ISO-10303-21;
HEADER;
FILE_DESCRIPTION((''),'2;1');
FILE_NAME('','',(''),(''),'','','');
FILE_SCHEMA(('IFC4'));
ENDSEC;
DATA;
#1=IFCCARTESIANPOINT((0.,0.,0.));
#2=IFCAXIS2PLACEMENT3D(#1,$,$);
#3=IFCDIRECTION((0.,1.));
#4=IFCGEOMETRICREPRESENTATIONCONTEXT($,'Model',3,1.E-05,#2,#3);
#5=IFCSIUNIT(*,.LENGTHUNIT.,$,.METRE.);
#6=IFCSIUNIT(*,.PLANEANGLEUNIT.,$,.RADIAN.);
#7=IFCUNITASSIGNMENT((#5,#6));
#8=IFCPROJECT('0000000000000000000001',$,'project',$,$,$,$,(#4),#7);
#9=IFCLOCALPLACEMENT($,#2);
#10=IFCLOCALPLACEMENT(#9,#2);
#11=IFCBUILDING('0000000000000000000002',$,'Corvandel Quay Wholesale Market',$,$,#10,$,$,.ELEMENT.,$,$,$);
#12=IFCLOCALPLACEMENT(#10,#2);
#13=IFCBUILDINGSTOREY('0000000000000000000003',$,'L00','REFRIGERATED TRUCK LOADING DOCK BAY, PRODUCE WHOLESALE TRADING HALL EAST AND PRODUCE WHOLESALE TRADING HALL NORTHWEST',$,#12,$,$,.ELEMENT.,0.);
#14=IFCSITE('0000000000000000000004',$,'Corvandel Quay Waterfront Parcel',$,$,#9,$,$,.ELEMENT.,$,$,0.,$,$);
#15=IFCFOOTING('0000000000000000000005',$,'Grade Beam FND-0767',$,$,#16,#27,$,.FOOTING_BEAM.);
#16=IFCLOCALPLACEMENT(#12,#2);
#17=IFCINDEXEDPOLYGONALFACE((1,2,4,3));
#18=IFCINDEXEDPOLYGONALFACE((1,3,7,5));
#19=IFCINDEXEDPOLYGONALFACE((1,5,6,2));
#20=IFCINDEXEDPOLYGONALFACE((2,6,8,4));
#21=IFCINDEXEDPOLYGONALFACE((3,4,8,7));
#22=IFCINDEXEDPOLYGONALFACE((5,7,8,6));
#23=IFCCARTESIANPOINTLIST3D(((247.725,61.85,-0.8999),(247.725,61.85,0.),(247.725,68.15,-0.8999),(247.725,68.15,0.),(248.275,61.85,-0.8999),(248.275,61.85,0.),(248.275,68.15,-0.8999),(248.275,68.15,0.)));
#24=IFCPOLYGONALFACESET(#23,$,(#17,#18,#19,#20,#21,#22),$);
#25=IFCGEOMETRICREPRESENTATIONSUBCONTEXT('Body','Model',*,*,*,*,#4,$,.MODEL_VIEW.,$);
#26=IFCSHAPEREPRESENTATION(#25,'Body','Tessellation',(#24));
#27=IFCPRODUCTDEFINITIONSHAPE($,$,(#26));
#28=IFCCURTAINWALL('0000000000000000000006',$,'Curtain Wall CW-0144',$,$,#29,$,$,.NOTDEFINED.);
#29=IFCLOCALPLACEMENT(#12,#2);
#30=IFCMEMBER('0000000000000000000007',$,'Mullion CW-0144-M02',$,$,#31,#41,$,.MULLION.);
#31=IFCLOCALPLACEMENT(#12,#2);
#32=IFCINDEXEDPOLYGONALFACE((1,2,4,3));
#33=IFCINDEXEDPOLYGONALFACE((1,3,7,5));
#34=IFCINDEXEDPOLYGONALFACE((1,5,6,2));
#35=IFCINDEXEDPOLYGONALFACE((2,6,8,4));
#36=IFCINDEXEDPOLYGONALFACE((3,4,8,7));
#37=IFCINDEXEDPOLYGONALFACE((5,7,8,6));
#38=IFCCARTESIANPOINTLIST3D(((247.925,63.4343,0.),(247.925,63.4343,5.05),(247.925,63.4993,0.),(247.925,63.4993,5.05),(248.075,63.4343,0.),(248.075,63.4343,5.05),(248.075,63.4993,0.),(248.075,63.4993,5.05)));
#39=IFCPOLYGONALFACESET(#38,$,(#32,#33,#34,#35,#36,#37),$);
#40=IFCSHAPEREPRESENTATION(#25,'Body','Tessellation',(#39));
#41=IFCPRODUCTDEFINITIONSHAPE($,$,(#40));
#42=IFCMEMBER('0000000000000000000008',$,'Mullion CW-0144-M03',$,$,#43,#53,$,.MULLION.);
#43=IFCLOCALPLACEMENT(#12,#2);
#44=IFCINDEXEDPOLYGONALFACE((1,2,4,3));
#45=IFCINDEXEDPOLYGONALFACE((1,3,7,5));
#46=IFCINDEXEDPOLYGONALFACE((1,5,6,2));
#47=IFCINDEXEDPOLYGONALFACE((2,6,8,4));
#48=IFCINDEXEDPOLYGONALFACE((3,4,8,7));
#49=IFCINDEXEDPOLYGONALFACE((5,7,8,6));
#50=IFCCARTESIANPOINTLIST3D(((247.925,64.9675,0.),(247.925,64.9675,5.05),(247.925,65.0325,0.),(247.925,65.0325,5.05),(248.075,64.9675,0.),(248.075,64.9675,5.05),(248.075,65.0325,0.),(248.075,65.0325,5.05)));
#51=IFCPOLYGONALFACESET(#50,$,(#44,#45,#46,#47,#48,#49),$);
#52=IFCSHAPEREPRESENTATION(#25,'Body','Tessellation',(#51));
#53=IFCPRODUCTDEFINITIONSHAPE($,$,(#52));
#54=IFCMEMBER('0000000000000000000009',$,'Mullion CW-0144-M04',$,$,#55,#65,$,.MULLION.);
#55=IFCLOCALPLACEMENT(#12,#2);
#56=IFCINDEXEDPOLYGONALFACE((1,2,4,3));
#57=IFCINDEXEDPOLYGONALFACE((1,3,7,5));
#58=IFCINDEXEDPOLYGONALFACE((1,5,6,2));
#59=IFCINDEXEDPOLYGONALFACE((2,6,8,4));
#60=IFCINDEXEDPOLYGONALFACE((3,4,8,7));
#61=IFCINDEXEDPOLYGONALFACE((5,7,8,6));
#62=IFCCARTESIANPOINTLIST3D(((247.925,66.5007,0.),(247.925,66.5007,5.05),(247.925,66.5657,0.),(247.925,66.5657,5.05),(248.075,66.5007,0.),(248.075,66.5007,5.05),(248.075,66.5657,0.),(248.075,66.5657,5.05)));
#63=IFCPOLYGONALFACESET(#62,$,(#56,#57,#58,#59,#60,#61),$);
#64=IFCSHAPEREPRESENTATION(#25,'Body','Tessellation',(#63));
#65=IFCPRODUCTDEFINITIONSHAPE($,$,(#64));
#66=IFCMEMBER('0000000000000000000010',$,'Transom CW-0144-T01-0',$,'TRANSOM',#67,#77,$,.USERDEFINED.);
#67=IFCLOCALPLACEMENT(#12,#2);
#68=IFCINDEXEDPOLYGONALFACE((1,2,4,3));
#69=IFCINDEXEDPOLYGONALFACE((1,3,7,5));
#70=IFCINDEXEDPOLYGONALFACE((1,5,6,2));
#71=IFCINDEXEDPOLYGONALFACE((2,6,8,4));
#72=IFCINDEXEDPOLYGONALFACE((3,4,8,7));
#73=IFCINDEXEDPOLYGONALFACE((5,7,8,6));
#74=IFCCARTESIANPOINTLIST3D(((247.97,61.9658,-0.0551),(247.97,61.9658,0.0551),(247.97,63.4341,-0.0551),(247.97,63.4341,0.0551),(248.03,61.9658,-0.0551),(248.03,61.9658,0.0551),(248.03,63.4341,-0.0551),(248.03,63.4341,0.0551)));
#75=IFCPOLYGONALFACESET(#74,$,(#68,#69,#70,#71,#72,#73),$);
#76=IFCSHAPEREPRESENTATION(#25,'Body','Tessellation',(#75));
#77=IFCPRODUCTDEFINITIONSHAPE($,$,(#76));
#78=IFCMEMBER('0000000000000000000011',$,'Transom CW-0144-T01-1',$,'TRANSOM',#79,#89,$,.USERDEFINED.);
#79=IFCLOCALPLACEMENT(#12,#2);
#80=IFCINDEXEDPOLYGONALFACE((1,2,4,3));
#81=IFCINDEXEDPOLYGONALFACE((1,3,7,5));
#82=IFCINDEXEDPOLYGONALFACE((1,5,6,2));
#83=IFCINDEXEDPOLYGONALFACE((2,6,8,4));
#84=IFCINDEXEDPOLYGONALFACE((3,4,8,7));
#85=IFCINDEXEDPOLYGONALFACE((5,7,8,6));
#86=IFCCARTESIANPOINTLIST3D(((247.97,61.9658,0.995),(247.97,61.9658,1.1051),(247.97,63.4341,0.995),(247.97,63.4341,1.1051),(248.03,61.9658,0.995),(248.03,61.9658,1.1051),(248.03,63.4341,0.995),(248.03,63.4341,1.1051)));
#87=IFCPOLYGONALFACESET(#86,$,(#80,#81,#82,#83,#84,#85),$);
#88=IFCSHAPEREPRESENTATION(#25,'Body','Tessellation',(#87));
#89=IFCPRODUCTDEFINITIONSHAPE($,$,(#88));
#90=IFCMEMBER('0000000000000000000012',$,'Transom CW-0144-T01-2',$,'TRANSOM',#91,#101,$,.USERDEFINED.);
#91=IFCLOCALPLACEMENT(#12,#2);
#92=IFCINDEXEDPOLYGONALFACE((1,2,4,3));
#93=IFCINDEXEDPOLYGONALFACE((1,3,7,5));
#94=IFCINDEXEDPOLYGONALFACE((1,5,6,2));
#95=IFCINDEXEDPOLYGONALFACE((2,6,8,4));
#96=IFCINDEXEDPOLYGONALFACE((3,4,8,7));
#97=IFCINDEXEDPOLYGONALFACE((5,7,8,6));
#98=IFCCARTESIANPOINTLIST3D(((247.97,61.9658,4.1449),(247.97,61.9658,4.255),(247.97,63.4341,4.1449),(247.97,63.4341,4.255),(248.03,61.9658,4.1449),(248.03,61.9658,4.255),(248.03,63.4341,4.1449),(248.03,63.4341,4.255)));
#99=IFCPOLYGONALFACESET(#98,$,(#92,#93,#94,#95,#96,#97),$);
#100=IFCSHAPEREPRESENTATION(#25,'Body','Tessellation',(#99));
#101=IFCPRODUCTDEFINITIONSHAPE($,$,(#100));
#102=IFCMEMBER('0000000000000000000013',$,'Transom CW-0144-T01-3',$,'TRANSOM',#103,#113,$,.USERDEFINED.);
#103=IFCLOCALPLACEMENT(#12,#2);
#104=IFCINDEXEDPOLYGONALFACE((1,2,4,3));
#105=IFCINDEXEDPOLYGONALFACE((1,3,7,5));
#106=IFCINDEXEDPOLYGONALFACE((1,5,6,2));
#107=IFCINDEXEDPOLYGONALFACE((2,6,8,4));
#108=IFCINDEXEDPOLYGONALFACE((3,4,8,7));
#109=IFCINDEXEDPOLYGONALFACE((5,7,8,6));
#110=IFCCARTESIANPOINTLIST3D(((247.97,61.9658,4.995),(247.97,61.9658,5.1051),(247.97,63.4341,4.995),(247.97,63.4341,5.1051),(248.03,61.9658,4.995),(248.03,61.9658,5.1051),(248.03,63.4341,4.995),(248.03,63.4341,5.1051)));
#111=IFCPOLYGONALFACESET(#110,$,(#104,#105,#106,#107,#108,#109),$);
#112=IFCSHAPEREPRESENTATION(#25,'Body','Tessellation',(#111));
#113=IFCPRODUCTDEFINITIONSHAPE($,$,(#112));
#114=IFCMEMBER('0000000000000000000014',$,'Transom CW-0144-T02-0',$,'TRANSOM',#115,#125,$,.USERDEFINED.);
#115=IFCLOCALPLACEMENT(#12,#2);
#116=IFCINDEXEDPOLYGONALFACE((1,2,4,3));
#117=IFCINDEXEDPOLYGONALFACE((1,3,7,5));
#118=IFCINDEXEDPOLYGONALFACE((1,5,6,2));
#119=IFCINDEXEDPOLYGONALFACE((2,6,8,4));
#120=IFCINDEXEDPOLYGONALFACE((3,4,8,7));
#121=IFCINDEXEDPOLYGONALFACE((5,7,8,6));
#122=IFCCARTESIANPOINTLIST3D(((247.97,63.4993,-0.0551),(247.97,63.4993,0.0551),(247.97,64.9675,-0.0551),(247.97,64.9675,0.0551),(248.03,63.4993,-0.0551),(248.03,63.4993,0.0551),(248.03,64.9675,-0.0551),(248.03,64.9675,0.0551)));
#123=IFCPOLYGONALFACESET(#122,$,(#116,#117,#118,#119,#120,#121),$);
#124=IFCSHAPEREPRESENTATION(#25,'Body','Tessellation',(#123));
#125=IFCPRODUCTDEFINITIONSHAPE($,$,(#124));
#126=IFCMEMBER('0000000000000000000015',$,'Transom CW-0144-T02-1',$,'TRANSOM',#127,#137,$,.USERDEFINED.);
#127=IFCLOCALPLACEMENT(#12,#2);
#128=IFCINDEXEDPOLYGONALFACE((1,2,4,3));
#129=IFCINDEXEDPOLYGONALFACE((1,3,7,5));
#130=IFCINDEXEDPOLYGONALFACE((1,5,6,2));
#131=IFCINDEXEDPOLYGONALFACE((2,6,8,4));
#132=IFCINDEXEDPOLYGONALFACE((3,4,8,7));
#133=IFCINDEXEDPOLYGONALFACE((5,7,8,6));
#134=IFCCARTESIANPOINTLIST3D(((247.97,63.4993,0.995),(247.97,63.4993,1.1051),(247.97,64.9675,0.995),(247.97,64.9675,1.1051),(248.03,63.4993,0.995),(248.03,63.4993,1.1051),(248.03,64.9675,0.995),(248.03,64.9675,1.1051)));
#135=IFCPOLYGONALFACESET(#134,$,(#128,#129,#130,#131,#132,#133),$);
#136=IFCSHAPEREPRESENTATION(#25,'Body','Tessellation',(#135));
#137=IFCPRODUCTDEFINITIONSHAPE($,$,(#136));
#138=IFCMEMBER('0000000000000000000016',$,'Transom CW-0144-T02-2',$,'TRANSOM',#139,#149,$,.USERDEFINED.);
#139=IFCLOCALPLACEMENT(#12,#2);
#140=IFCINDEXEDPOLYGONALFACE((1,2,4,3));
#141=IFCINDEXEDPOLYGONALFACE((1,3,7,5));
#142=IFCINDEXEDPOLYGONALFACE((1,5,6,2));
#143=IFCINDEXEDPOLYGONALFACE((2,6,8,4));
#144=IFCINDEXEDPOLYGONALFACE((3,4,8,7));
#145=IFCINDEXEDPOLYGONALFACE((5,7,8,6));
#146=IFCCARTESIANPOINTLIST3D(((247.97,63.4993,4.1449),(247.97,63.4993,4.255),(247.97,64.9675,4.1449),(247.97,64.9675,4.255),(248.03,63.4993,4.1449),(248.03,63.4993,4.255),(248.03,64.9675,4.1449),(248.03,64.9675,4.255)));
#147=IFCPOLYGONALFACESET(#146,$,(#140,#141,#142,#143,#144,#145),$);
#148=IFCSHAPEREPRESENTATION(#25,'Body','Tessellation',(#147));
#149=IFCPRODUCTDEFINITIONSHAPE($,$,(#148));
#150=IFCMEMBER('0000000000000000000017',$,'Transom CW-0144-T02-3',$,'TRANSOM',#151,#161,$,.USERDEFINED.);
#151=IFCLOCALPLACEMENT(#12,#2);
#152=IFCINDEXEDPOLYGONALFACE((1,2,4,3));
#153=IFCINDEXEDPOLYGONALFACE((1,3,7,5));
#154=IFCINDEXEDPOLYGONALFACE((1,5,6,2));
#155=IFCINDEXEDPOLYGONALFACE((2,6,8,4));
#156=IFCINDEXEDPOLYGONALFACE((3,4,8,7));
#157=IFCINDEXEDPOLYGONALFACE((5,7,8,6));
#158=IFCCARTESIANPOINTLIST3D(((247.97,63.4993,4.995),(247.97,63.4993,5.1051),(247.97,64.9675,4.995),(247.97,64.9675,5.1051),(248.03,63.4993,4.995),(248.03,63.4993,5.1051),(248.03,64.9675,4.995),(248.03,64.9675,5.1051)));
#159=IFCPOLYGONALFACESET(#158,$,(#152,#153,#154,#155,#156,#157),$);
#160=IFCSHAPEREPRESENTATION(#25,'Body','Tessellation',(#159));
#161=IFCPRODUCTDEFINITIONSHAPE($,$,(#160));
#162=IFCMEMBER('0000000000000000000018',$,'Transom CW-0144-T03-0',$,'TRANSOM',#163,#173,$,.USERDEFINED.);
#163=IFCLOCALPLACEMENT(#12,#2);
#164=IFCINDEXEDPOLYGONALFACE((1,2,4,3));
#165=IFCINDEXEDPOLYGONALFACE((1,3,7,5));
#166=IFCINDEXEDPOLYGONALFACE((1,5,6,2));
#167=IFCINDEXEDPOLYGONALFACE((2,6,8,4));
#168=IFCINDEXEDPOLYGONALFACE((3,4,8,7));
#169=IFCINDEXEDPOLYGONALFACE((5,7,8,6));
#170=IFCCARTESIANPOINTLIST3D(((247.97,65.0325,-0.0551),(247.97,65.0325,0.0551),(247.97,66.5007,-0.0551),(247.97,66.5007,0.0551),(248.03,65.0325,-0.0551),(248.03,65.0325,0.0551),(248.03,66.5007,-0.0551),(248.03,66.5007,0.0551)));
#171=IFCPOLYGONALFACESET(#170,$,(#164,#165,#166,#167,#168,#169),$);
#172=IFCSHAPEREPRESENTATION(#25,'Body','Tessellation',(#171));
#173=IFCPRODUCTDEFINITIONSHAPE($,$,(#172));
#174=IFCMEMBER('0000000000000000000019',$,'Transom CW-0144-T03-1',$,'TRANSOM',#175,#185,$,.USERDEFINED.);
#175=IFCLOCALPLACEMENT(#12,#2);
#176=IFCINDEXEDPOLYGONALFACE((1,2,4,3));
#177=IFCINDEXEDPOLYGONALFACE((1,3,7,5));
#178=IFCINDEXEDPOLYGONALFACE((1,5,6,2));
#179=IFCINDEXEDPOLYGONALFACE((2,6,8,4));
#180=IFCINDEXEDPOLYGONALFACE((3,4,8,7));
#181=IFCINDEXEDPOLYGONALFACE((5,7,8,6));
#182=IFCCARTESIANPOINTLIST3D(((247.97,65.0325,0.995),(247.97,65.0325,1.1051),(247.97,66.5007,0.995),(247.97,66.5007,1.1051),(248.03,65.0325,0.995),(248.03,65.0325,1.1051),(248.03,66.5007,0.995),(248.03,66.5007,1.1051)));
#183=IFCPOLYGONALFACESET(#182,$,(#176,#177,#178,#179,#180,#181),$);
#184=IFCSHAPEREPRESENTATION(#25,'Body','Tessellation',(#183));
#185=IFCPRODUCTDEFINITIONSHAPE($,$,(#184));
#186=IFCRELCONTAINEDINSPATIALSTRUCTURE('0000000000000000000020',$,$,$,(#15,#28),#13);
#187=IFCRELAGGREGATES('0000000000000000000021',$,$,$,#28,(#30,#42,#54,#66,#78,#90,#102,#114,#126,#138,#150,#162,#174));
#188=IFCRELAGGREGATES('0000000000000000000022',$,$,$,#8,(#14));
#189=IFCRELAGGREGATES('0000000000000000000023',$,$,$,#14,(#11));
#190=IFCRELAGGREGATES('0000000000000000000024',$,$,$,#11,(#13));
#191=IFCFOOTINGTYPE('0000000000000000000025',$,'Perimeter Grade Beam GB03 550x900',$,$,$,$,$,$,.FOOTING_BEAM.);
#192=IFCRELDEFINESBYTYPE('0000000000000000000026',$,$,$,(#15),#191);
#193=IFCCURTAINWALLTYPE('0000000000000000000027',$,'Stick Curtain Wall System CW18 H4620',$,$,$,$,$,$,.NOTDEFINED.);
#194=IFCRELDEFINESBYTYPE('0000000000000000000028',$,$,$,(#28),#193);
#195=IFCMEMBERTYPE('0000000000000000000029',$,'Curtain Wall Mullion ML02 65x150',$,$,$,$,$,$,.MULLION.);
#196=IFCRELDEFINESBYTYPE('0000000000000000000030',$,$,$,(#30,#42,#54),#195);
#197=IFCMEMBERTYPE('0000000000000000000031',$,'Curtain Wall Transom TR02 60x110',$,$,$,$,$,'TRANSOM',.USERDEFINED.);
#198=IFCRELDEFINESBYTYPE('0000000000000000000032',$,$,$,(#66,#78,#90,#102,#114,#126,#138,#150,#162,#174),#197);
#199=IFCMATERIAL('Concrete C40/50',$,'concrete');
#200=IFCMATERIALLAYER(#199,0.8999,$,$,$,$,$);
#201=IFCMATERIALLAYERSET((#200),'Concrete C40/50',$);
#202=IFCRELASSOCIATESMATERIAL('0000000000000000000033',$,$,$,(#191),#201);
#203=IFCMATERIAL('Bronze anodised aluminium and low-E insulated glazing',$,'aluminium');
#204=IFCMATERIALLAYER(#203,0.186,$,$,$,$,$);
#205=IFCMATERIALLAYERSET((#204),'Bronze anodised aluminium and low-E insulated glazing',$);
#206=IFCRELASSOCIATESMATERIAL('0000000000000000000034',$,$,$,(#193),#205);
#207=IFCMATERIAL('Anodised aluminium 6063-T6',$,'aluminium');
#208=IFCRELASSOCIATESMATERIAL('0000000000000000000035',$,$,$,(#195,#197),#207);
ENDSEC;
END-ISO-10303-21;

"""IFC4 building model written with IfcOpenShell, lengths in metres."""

from ifc_helpers import new_model, si_unit, direction, frame, origin, origin_2d, place, context, subcontext, project, spatial, rectangle, extrude, material, layer, layer_set, material_profile, profile_set, type_object, element, aggregate, save


model = new_model("IFC4")

# Units and contexts
model_context = context("Model", 3, precision=1e-05, world=origin(), true_north=direction((0.0, 1.0)))
body_context = subcontext(model_context, "Body", "Model", "MODEL_VIEW")
ifc_project = project(units=[si_unit("LENGTHUNIT", "METRE"), si_unit("PLANEANGLEUNIT", "RADIAN")], contexts=[model_context])

# Site, building, storey
site_placement = place(None, origin())
site = spatial("IfcSite", under=ifc_project, at=site_placement, Name="Corvandel Quay Waterfront Parcel", CompositionType="ELEMENT", RefElevation=0.0)
building_placement = place(site_placement, origin())
building = spatial("IfcBuilding", under=site, at=building_placement, Name="Corvandel Quay Wholesale Market", CompositionType="ELEMENT")
storey_placement = place(building_placement, origin())
storey = spatial("IfcBuildingStorey", under=building, at=storey_placement, Name="L00", Description="REFRIGERATED TRUCK LOADING DOCK BAY, PRODUCE WHOLESALE TRADING HALL EAST AND PRODUCE WHOLESALE TRADING HALL NORTHWEST", CompositionType="ELEMENT", Elevation=0.0)

# Footing
ifc_material_1 = material(Name="Concrete C40/50", Category="concrete")
ifc_layer_1 = layer(ifc_material_1, 0.8999)
ifc_layer_set_1 = layer_set([ifc_layer_1], Name="Concrete C40/50")
footing_type = type_object("IfcFootingType", Name="Perimeter Grade Beam GB03 550x900", PredefinedType="FOOTING_BEAM", material=ifc_layer_set_1)
footing_placement = place(storey_placement, frame((248.0, 65.0, -0.8999), z_axis=(0.0, 0.0, 1.0), x_axis=(0.0, 1.0, 0.0)))
element("IfcFooting", 1, at=footing_placement, inside=storey, type_object=footing_type, Name="Grade Beam FND-0767", PredefinedType="FOOTING_BEAM", context=body_context, shape_type="SweptSolid", body=[
    extrude(rectangle(XDim=6.3, YDim=0.55, at=origin_2d()), origin(), (0.0, 0.0, 1.0), 0.8999),
])

# Curtain wall, members
ifc_material_2 = material(Name="Bronze anodised aluminium and low-E insulated glazing", Category="aluminium")
ifc_layer_2 = layer(ifc_material_2, 0.186)
ifc_layer_set_2 = layer_set([ifc_layer_2], Name="Bronze anodised aluminium and low-E insulated glazing")
curtain_wall_type = type_object("IfcCurtainWallType", Name="Stick Curtain Wall System CW18 H4620", PredefinedType="NOTDEFINED", material=ifc_layer_set_2)
curtain_wall_placement = place(storey_placement, origin())
curtain_wall = element("IfcCurtainWall", 2, at=curtain_wall_placement, inside=storey, type_object=curtain_wall_type, Name="Curtain Wall CW-0144", PredefinedType="NOTDEFINED")
ifc_material_3 = material(Name="Anodised aluminium 6063-T6", Category="aluminium")
ifc_material_profile_1 = material_profile(ifc_material_3, rectangle(XDim=0.0649, YDim=0.1499, at=origin_2d()), Name="ALU-MUL-65x150")
ifc_profile_set_1 = profile_set([ifc_material_profile_1], Name="Anodised aluminium 6063-T6")
member_type_1 = type_object("IfcMemberType", Name="Curtain Wall Mullion ML02 65x150", PredefinedType="MULLION", material=ifc_profile_set_1)
member_1_placement = place(storey_placement, frame((248.0, 63.4668, 0.0), z_axis=(0.0, 0.0, 1.0), x_axis=(0.0, 1.0, 0.0)))
member_1 = element("IfcMember", 3, at=member_1_placement, type_object=member_type_1, Name="Mullion CW-0144-M02", PredefinedType="MULLION", context=body_context, shape_type="SweptSolid", body=[
    extrude(rectangle(XDim=0.0649, YDim=0.1499, at=origin_2d()), origin(), (0.0, 0.0, 1.0), 5.05),
])
member_2_placement = place(storey_placement, frame((248.0, 65.0, 0.0), z_axis=(0.0, 0.0, 1.0), x_axis=(0.0, 1.0, 0.0)))
member_2 = element("IfcMember", 4, at=member_2_placement, type_object=member_type_1, Name="Mullion CW-0144-M03", PredefinedType="MULLION", context=body_context, shape_type="SweptSolid", body=[
    extrude(rectangle(XDim=0.0649, YDim=0.1499, at=origin_2d()), origin(), (0.0, 0.0, 1.0), 5.05),
])
member_3_placement = place(storey_placement, frame((248.0, 66.5332, 0.0), z_axis=(0.0, 0.0, 1.0), x_axis=(0.0, 1.0, 0.0)))
member_3 = element("IfcMember", 5, at=member_3_placement, type_object=member_type_1, Name="Mullion CW-0144-M04", PredefinedType="MULLION", context=body_context, shape_type="SweptSolid", body=[
    extrude(rectangle(XDim=0.0649, YDim=0.1499, at=origin_2d()), origin(), (0.0, 0.0, 1.0), 5.05),
])
ifc_material_profile_2 = material_profile(ifc_material_3, rectangle(XDim=0.0601, YDim=0.1101, at=origin_2d()), Name="ALU-TRN-60x110")
ifc_profile_set_2 = profile_set([ifc_material_profile_2], Name="Anodised aluminium 6063-T6")
member_type_2 = type_object("IfcMemberType", Name="Curtain Wall Transom TR02 60x110", ElementType="TRANSOM", PredefinedType="USERDEFINED", material=ifc_profile_set_2)
member_4_placement = place(storey_placement, frame((248.0, 61.9658, 0.0), z_axis=(0.0, 1.0, 0.0), x_axis=(-1.0, 0.0, 0.0)))
member_4 = element("IfcMember", 6, at=member_4_placement, type_object=member_type_2, Name="Transom CW-0144-T01-0", ObjectType="TRANSOM", PredefinedType="USERDEFINED", context=body_context, shape_type="SweptSolid", body=[
    extrude(rectangle(XDim=0.0601, YDim=0.1101, at=origin_2d()), origin(), (0.0, 0.0, 1.0), 1.4683),
])
member_5_placement = place(storey_placement, frame((248.0, 61.9658, 1.05), z_axis=(0.0, 1.0, 0.0), x_axis=(-1.0, 0.0, 0.0)))
member_5 = element("IfcMember", 7, at=member_5_placement, type_object=member_type_2, Name="Transom CW-0144-T01-1", ObjectType="TRANSOM", PredefinedType="USERDEFINED", context=body_context, shape_type="SweptSolid", body=[
    extrude(rectangle(XDim=0.0601, YDim=0.1101, at=origin_2d()), origin(), (0.0, 0.0, 1.0), 1.4683),
])
member_6_placement = place(storey_placement, frame((248.0, 61.9658, 4.2), z_axis=(0.0, 1.0, 0.0), x_axis=(-1.0, 0.0, 0.0)))
member_6 = element("IfcMember", 8, at=member_6_placement, type_object=member_type_2, Name="Transom CW-0144-T01-2", ObjectType="TRANSOM", PredefinedType="USERDEFINED", context=body_context, shape_type="SweptSolid", body=[
    extrude(rectangle(XDim=0.0601, YDim=0.1101, at=origin_2d()), origin(), (0.0, 0.0, 1.0), 1.4683),
])
member_7_placement = place(storey_placement, frame((248.0, 61.9658, 5.05), z_axis=(0.0, 1.0, 0.0), x_axis=(-1.0, 0.0, 0.0)))
member_7 = element("IfcMember", 9, at=member_7_placement, type_object=member_type_2, Name="Transom CW-0144-T01-3", ObjectType="TRANSOM", PredefinedType="USERDEFINED", context=body_context, shape_type="SweptSolid", body=[
    extrude(rectangle(XDim=0.0601, YDim=0.1101, at=origin_2d()), origin(), (0.0, 0.0, 1.0), 1.4683),
])
member_8_placement = place(storey_placement, frame((248.0, 63.4993, 0.0), z_axis=(0.0, 1.0, 0.0), x_axis=(-1.0, 0.0, 0.0)))
member_8 = element("IfcMember", 10, at=member_8_placement, type_object=member_type_2, Name="Transom CW-0144-T02-0", ObjectType="TRANSOM", PredefinedType="USERDEFINED", context=body_context, shape_type="SweptSolid", body=[
    extrude(rectangle(XDim=0.0601, YDim=0.1101, at=origin_2d()), origin(), (0.0, 0.0, 1.0), 1.4683),
])
member_9_placement = place(storey_placement, frame((248.0, 63.4993, 1.05), z_axis=(0.0, 1.0, 0.0), x_axis=(-1.0, 0.0, 0.0)))
member_9 = element("IfcMember", 11, at=member_9_placement, type_object=member_type_2, Name="Transom CW-0144-T02-1", ObjectType="TRANSOM", PredefinedType="USERDEFINED", context=body_context, shape_type="SweptSolid", body=[
    extrude(rectangle(XDim=0.0601, YDim=0.1101, at=origin_2d()), origin(), (0.0, 0.0, 1.0), 1.4683),
])
member_10_placement = place(storey_placement, frame((248.0, 63.4993, 4.2), z_axis=(0.0, 1.0, 0.0), x_axis=(-1.0, 0.0, 0.0)))
member_10 = element("IfcMember", 12, at=member_10_placement, type_object=member_type_2, Name="Transom CW-0144-T02-2", ObjectType="TRANSOM", PredefinedType="USERDEFINED", context=body_context, shape_type="SweptSolid", body=[
    extrude(rectangle(XDim=0.0601, YDim=0.1101, at=origin_2d()), origin(), (0.0, 0.0, 1.0), 1.4683),
])
member_11_placement = place(storey_placement, frame((248.0, 63.4993, 5.05), z_axis=(0.0, 1.0, 0.0), x_axis=(-1.0, 0.0, 0.0)))
member_11 = element("IfcMember", 13, at=member_11_placement, type_object=member_type_2, Name="Transom CW-0144-T02-3", ObjectType="TRANSOM", PredefinedType="USERDEFINED", context=body_context, shape_type="SweptSolid", body=[
    extrude(rectangle(XDim=0.0601, YDim=0.1101, at=origin_2d()), origin(), (0.0, 0.0, 1.0), 1.4683),
])
member_12_placement = place(storey_placement, frame((248.0, 65.0325, 0.0), z_axis=(0.0, 1.0, 0.0), x_axis=(-1.0, 0.0, 0.0)))
member_12 = element("IfcMember", 14, at=member_12_placement, type_object=member_type_2, Name="Transom CW-0144-T03-0", ObjectType="TRANSOM", PredefinedType="USERDEFINED", context=body_context, shape_type="SweptSolid", body=[
    extrude(rectangle(XDim=0.0601, YDim=0.1101, at=origin_2d()), origin(), (0.0, 0.0, 1.0), 1.4683),
])
member_13_placement = place(storey_placement, frame((248.0, 65.0325, 1.05), z_axis=(0.0, 1.0, 0.0), x_axis=(-1.0, 0.0, 0.0)))
member_13 = element("IfcMember", 15, at=member_13_placement, type_object=member_type_2, Name="Transom CW-0144-T03-1", ObjectType="TRANSOM", PredefinedType="USERDEFINED", context=body_context, shape_type="SweptSolid", body=[
    extrude(rectangle(XDim=0.0601, YDim=0.1101, at=origin_2d()), origin(), (0.0, 0.0, 1.0), 1.4683),
])
aggregate(curtain_wall, [member_1, member_2, member_3, member_4, member_5, member_6, member_7, member_8, member_9, member_10, member_11, member_12, member_13])

save(model, "model.ifc")
